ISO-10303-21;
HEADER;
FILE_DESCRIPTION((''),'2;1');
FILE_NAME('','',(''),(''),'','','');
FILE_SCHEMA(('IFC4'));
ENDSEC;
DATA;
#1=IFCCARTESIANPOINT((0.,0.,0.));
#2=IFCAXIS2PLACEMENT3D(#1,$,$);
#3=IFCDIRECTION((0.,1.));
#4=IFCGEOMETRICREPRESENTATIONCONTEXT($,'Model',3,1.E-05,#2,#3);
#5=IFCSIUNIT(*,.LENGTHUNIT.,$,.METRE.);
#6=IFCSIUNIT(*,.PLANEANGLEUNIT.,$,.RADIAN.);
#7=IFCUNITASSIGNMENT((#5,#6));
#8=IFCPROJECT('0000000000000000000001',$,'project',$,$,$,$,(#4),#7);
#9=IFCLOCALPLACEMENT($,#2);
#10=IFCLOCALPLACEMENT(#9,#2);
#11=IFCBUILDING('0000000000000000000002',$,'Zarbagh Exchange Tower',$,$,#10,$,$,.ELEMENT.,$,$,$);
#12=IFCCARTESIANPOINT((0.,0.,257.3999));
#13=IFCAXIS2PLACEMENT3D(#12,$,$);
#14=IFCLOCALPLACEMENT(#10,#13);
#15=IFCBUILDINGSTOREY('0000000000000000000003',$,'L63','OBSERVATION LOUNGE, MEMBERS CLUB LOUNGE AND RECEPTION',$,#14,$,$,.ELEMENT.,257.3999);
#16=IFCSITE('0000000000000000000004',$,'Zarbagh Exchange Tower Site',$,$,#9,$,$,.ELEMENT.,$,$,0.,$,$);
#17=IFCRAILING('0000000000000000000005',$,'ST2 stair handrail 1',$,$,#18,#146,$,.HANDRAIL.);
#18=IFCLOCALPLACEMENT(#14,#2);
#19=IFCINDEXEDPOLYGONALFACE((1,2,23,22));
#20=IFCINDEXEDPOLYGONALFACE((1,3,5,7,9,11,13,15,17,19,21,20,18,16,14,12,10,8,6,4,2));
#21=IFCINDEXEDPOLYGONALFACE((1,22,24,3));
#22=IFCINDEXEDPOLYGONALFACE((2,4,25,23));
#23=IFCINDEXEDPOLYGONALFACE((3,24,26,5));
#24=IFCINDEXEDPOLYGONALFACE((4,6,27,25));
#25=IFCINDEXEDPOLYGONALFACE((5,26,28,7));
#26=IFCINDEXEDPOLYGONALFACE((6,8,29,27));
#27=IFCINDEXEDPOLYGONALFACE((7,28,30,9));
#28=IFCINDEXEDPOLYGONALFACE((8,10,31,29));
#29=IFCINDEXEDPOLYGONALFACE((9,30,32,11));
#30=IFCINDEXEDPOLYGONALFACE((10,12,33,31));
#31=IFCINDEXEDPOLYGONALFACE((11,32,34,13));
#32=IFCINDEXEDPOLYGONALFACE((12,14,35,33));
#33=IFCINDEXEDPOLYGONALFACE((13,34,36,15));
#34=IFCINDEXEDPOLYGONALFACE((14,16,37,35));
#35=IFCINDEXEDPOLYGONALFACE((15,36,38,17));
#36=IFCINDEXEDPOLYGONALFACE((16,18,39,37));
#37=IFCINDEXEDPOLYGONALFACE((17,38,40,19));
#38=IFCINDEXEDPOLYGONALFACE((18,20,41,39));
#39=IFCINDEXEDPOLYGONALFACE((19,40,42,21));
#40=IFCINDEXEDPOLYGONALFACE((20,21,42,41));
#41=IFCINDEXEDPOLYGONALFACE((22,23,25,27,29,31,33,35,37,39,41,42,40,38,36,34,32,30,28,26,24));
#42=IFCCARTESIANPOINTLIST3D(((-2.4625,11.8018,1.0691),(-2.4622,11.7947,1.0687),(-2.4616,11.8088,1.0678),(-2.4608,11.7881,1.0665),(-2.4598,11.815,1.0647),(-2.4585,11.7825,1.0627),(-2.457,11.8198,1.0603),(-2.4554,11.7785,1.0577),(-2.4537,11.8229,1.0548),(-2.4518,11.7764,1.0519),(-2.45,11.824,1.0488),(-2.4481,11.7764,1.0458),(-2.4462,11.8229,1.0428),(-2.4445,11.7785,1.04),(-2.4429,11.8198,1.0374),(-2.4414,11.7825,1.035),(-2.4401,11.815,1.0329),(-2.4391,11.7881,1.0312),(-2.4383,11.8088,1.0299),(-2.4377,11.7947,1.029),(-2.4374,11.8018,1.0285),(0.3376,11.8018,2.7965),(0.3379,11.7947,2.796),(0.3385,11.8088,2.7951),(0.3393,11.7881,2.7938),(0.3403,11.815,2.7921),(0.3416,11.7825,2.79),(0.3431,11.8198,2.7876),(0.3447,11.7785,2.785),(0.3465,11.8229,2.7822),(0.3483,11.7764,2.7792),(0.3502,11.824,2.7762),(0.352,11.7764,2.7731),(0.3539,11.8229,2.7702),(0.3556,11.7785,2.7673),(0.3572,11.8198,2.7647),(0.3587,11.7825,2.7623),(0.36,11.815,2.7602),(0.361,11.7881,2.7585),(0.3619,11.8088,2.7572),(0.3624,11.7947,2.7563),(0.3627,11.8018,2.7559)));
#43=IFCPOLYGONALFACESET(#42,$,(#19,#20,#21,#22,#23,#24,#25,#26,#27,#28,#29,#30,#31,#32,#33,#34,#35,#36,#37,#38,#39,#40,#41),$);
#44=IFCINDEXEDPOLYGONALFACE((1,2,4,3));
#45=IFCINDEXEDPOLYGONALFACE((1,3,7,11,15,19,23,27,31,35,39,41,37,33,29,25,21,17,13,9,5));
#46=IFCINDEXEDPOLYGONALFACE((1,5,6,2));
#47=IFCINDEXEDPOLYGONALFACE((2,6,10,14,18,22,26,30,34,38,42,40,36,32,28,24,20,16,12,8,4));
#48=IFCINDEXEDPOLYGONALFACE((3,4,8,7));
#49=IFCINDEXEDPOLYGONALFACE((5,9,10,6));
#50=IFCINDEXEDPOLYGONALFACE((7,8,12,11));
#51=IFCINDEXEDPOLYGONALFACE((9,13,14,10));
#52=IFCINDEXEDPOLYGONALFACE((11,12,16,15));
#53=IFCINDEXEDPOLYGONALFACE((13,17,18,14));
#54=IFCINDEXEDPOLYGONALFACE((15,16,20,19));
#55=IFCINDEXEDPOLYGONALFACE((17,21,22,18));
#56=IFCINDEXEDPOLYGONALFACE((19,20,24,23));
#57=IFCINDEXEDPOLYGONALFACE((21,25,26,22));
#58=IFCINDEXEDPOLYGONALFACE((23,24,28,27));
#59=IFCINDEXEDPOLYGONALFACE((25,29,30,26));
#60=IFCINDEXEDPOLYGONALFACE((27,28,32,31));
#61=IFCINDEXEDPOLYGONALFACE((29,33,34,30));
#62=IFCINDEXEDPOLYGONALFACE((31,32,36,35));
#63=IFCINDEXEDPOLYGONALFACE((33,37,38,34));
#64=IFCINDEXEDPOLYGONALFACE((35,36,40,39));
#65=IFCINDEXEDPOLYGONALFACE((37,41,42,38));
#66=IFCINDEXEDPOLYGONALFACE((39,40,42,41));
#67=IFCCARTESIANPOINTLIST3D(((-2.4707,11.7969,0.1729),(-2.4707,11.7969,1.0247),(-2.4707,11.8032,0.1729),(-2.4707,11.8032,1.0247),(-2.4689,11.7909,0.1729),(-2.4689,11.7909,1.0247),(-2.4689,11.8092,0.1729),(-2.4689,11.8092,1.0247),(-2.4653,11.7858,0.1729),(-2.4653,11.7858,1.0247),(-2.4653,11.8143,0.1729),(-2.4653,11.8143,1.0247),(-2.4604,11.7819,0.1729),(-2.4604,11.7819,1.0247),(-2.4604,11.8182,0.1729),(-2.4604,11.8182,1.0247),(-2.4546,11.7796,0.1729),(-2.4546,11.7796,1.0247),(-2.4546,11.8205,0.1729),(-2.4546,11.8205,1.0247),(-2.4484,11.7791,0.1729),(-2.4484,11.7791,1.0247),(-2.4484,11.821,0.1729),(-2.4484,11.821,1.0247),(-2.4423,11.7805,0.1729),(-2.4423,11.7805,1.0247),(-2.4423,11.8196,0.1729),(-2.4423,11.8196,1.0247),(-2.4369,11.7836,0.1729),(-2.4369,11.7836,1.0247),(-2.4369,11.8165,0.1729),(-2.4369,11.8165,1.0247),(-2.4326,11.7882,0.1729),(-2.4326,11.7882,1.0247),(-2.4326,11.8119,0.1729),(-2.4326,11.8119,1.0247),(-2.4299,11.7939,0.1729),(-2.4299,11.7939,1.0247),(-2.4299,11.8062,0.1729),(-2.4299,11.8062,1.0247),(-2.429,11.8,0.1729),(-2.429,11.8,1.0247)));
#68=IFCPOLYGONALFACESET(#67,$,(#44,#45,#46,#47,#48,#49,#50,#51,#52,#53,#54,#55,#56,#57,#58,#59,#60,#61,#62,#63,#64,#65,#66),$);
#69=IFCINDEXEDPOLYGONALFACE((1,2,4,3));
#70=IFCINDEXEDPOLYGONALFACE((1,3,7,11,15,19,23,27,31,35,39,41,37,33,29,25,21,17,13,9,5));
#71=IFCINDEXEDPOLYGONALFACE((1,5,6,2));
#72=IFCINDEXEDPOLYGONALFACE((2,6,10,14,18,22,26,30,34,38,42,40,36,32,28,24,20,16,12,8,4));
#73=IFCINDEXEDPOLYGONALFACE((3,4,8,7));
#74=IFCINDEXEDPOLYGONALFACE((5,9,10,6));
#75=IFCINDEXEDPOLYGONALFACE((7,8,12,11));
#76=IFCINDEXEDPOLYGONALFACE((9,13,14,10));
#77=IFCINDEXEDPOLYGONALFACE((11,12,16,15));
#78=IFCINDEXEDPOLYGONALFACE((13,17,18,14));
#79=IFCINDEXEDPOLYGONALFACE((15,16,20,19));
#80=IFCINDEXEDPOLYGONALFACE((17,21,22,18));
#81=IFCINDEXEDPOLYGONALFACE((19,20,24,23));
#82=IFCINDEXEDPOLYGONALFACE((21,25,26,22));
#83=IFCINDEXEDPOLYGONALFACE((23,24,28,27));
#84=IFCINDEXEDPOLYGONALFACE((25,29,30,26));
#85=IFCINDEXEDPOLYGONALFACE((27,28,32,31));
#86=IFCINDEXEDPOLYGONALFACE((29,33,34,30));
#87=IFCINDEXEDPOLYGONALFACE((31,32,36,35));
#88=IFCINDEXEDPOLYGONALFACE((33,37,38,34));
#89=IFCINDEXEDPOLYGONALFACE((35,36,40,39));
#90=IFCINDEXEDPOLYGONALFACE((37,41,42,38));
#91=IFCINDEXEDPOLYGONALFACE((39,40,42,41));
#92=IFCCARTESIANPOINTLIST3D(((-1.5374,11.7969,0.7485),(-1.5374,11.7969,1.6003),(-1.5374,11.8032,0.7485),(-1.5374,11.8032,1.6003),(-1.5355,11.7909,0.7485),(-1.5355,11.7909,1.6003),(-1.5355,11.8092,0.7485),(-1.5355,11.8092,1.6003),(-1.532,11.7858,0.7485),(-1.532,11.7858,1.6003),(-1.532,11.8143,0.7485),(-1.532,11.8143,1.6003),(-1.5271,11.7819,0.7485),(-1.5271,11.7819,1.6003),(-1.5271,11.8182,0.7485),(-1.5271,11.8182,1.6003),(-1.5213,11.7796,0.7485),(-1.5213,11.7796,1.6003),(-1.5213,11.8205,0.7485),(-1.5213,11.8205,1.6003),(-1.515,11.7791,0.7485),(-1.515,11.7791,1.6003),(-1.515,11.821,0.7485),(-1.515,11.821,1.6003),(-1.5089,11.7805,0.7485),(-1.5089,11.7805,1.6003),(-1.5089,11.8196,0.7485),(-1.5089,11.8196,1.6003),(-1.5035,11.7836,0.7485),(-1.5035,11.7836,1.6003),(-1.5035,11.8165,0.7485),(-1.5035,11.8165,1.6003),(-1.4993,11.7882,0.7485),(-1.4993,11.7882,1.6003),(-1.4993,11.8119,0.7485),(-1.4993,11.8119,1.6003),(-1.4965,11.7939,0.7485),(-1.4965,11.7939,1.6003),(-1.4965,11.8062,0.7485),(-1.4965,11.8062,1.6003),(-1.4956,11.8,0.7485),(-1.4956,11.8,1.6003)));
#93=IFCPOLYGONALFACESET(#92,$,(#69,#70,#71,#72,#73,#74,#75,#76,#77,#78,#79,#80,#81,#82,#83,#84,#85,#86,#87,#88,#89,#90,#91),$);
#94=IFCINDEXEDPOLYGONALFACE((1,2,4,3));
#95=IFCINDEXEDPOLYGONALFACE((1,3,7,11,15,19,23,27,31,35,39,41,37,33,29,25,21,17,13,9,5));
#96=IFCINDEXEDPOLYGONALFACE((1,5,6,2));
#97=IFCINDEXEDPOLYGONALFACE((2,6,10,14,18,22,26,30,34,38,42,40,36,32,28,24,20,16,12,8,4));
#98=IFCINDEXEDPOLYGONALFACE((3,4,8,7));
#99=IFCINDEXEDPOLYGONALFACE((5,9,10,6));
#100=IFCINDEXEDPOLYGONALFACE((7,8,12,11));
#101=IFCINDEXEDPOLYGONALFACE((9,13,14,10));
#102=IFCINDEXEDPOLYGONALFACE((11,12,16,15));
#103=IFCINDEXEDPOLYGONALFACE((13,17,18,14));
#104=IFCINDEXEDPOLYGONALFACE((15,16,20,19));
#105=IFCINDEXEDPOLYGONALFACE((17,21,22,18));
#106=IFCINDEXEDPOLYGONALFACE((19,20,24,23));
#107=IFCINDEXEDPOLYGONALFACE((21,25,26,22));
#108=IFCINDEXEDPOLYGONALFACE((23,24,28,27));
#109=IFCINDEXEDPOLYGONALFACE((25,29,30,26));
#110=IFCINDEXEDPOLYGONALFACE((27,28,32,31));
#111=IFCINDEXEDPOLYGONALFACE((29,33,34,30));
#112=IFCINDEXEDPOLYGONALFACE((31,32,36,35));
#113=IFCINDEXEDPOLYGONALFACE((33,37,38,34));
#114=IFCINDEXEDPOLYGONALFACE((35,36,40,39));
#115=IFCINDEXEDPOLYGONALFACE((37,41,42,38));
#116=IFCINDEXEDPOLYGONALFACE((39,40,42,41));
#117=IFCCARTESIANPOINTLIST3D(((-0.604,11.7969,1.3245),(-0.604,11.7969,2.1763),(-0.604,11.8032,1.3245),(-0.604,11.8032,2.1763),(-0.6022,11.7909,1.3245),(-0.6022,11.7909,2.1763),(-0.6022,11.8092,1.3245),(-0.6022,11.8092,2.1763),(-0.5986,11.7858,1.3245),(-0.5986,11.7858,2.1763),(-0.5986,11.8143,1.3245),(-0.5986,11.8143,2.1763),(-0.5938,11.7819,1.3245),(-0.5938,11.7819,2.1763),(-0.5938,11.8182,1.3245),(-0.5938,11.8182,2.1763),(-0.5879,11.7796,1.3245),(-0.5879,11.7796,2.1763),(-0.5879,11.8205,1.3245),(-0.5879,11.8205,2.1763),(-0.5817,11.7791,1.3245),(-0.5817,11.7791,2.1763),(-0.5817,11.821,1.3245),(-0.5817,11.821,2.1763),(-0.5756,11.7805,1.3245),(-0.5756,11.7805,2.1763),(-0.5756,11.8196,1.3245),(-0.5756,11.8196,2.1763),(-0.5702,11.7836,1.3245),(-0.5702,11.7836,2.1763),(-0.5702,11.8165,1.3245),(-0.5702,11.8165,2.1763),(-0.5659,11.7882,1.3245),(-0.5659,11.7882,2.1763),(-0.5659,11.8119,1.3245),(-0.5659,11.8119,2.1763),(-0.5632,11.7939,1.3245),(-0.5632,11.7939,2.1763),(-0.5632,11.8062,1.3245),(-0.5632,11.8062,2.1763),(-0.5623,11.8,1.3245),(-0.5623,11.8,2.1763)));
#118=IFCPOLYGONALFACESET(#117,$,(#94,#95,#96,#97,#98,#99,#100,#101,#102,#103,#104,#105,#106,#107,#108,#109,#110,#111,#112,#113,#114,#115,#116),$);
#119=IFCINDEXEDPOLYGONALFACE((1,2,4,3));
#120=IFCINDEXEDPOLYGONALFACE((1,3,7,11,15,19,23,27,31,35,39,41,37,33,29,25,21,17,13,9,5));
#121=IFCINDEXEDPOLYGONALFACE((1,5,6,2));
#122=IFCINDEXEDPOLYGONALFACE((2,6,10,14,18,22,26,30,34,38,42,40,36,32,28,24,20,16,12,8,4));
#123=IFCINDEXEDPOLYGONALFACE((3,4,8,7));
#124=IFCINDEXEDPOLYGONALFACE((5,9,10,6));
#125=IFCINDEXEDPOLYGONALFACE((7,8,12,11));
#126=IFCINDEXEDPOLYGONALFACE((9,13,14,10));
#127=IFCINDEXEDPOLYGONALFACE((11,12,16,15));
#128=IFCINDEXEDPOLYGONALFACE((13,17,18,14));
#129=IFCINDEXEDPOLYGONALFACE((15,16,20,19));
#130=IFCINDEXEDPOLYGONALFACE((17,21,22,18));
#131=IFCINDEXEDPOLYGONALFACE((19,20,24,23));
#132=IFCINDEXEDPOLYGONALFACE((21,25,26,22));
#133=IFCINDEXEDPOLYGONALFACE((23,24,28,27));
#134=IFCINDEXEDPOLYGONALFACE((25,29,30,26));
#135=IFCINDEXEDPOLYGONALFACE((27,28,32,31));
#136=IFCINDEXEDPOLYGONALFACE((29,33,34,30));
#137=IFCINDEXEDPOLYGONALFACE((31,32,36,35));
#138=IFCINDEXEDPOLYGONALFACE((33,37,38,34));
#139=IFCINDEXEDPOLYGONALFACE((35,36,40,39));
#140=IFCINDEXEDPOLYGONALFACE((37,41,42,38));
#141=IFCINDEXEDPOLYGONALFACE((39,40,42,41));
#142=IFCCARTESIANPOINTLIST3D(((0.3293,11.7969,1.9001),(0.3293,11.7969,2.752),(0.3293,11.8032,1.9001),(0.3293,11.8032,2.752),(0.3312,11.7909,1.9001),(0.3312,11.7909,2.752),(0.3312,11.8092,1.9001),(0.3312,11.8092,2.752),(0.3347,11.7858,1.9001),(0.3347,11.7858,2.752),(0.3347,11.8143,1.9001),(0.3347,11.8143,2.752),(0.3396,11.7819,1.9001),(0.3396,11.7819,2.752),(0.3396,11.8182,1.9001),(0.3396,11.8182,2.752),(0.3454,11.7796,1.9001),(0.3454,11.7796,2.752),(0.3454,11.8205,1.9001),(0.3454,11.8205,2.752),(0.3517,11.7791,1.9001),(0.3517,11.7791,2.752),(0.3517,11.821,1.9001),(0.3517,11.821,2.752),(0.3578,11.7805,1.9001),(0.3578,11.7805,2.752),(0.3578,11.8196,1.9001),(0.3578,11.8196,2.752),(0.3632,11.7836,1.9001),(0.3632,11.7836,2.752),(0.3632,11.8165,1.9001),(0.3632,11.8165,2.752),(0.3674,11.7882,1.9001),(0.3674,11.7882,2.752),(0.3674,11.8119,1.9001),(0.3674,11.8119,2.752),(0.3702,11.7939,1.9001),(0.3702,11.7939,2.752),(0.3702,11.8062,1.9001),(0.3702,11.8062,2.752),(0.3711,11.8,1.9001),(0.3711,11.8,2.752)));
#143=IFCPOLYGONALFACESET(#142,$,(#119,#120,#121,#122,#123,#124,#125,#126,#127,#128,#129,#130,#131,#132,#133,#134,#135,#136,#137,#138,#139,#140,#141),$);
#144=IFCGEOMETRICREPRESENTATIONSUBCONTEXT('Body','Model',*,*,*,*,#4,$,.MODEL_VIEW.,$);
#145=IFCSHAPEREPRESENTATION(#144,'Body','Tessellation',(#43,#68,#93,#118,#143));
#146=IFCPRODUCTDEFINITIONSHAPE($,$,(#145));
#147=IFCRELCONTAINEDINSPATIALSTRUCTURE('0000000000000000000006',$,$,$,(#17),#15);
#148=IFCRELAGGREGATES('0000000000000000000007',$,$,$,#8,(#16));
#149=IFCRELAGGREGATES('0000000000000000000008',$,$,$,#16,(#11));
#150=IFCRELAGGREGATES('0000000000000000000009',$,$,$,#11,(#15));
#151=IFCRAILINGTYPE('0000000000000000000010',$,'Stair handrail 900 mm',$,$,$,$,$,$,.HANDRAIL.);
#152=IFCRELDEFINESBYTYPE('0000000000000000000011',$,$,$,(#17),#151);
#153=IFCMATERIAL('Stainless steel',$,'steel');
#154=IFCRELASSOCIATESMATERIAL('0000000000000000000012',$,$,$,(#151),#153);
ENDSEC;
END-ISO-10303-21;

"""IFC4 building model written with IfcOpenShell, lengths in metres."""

from ifc_helpers import new_model, si_unit, direction, frame, origin, origin_2d, place, context, subcontext, project, spatial, circle, extrude, material, type_object, element, save


model = new_model("IFC4")

# Units and contexts
model_context = context("Model", 3, precision=1e-05, world=origin(), true_north=direction((0.0, 1.0)))
body_context = subcontext(model_context, "Body", "Model", "MODEL_VIEW")
ifc_project = project(units=[si_unit("LENGTHUNIT", "METRE"), si_unit("PLANEANGLEUNIT", "RADIAN")], contexts=[model_context])

# Site, building, storey
site_placement = place(None, origin())
site = spatial("IfcSite", under=ifc_project, at=site_placement, Name="Zarbagh Exchange Tower Site", CompositionType="ELEMENT", RefElevation=0.0)
building_placement = place(site_placement, origin())
building = spatial("IfcBuilding", under=site, at=building_placement, Name="Zarbagh Exchange Tower", CompositionType="ELEMENT")
storey_placement = place(building_placement, frame((0.0, 0.0, 257.3999)))
storey = spatial("IfcBuildingStorey", under=building, at=storey_placement, Name="L63", Description="OBSERVATION LOUNGE, MEMBERS CLUB LOUNGE AND RECEPTION", CompositionType="ELEMENT", Elevation=257.3999)

# Railing
ifc_material_1 = material(Name="Stainless steel", Category="steel")
railing_type = type_object("IfcRailingType", Name="Stair handrail 900 mm", PredefinedType="HANDRAIL", material=ifc_material_1)
railing_1_placement = place(storey_placement, frame((-2.45, 11.8, 0.1729)))
element("IfcRailing", 1, at=railing_1_placement, inside=storey, type_object=railing_type, Name="ST2 stair handrail 1", PredefinedType="HANDRAIL", context=body_context, shape_type="SweptSolid", body=[
    extrude(circle(Radius=0.0239, at=origin_2d()), frame((0.0, 0.0, 0.876), z_axis=(0.85109, 0.0, 0.52502), x_axis=(0.0, 1.0, 0.0)), (0.0, 0.0, 1.0), 3.29),
    extrude(circle(Radius=0.021, at=origin_2d()), origin(), (0.0, 0.0, 1.0), 0.8518),
    extrude(circle(Radius=0.021, at=origin_2d()), frame((0.9333, 0.0, 0.5757)), (0.0, 0.0, 1.0), 0.8518),
    extrude(circle(Radius=0.021, at=origin_2d()), frame((1.8667, 0.0, 1.1516)), (0.0, 0.0, 1.0), 0.8518),
    extrude(circle(Radius=0.021, at=origin_2d()), frame((2.8, 0.0, 1.7273)), (0.0, 0.0, 1.0), 0.8518),
])

save(model, "model.ifc")
